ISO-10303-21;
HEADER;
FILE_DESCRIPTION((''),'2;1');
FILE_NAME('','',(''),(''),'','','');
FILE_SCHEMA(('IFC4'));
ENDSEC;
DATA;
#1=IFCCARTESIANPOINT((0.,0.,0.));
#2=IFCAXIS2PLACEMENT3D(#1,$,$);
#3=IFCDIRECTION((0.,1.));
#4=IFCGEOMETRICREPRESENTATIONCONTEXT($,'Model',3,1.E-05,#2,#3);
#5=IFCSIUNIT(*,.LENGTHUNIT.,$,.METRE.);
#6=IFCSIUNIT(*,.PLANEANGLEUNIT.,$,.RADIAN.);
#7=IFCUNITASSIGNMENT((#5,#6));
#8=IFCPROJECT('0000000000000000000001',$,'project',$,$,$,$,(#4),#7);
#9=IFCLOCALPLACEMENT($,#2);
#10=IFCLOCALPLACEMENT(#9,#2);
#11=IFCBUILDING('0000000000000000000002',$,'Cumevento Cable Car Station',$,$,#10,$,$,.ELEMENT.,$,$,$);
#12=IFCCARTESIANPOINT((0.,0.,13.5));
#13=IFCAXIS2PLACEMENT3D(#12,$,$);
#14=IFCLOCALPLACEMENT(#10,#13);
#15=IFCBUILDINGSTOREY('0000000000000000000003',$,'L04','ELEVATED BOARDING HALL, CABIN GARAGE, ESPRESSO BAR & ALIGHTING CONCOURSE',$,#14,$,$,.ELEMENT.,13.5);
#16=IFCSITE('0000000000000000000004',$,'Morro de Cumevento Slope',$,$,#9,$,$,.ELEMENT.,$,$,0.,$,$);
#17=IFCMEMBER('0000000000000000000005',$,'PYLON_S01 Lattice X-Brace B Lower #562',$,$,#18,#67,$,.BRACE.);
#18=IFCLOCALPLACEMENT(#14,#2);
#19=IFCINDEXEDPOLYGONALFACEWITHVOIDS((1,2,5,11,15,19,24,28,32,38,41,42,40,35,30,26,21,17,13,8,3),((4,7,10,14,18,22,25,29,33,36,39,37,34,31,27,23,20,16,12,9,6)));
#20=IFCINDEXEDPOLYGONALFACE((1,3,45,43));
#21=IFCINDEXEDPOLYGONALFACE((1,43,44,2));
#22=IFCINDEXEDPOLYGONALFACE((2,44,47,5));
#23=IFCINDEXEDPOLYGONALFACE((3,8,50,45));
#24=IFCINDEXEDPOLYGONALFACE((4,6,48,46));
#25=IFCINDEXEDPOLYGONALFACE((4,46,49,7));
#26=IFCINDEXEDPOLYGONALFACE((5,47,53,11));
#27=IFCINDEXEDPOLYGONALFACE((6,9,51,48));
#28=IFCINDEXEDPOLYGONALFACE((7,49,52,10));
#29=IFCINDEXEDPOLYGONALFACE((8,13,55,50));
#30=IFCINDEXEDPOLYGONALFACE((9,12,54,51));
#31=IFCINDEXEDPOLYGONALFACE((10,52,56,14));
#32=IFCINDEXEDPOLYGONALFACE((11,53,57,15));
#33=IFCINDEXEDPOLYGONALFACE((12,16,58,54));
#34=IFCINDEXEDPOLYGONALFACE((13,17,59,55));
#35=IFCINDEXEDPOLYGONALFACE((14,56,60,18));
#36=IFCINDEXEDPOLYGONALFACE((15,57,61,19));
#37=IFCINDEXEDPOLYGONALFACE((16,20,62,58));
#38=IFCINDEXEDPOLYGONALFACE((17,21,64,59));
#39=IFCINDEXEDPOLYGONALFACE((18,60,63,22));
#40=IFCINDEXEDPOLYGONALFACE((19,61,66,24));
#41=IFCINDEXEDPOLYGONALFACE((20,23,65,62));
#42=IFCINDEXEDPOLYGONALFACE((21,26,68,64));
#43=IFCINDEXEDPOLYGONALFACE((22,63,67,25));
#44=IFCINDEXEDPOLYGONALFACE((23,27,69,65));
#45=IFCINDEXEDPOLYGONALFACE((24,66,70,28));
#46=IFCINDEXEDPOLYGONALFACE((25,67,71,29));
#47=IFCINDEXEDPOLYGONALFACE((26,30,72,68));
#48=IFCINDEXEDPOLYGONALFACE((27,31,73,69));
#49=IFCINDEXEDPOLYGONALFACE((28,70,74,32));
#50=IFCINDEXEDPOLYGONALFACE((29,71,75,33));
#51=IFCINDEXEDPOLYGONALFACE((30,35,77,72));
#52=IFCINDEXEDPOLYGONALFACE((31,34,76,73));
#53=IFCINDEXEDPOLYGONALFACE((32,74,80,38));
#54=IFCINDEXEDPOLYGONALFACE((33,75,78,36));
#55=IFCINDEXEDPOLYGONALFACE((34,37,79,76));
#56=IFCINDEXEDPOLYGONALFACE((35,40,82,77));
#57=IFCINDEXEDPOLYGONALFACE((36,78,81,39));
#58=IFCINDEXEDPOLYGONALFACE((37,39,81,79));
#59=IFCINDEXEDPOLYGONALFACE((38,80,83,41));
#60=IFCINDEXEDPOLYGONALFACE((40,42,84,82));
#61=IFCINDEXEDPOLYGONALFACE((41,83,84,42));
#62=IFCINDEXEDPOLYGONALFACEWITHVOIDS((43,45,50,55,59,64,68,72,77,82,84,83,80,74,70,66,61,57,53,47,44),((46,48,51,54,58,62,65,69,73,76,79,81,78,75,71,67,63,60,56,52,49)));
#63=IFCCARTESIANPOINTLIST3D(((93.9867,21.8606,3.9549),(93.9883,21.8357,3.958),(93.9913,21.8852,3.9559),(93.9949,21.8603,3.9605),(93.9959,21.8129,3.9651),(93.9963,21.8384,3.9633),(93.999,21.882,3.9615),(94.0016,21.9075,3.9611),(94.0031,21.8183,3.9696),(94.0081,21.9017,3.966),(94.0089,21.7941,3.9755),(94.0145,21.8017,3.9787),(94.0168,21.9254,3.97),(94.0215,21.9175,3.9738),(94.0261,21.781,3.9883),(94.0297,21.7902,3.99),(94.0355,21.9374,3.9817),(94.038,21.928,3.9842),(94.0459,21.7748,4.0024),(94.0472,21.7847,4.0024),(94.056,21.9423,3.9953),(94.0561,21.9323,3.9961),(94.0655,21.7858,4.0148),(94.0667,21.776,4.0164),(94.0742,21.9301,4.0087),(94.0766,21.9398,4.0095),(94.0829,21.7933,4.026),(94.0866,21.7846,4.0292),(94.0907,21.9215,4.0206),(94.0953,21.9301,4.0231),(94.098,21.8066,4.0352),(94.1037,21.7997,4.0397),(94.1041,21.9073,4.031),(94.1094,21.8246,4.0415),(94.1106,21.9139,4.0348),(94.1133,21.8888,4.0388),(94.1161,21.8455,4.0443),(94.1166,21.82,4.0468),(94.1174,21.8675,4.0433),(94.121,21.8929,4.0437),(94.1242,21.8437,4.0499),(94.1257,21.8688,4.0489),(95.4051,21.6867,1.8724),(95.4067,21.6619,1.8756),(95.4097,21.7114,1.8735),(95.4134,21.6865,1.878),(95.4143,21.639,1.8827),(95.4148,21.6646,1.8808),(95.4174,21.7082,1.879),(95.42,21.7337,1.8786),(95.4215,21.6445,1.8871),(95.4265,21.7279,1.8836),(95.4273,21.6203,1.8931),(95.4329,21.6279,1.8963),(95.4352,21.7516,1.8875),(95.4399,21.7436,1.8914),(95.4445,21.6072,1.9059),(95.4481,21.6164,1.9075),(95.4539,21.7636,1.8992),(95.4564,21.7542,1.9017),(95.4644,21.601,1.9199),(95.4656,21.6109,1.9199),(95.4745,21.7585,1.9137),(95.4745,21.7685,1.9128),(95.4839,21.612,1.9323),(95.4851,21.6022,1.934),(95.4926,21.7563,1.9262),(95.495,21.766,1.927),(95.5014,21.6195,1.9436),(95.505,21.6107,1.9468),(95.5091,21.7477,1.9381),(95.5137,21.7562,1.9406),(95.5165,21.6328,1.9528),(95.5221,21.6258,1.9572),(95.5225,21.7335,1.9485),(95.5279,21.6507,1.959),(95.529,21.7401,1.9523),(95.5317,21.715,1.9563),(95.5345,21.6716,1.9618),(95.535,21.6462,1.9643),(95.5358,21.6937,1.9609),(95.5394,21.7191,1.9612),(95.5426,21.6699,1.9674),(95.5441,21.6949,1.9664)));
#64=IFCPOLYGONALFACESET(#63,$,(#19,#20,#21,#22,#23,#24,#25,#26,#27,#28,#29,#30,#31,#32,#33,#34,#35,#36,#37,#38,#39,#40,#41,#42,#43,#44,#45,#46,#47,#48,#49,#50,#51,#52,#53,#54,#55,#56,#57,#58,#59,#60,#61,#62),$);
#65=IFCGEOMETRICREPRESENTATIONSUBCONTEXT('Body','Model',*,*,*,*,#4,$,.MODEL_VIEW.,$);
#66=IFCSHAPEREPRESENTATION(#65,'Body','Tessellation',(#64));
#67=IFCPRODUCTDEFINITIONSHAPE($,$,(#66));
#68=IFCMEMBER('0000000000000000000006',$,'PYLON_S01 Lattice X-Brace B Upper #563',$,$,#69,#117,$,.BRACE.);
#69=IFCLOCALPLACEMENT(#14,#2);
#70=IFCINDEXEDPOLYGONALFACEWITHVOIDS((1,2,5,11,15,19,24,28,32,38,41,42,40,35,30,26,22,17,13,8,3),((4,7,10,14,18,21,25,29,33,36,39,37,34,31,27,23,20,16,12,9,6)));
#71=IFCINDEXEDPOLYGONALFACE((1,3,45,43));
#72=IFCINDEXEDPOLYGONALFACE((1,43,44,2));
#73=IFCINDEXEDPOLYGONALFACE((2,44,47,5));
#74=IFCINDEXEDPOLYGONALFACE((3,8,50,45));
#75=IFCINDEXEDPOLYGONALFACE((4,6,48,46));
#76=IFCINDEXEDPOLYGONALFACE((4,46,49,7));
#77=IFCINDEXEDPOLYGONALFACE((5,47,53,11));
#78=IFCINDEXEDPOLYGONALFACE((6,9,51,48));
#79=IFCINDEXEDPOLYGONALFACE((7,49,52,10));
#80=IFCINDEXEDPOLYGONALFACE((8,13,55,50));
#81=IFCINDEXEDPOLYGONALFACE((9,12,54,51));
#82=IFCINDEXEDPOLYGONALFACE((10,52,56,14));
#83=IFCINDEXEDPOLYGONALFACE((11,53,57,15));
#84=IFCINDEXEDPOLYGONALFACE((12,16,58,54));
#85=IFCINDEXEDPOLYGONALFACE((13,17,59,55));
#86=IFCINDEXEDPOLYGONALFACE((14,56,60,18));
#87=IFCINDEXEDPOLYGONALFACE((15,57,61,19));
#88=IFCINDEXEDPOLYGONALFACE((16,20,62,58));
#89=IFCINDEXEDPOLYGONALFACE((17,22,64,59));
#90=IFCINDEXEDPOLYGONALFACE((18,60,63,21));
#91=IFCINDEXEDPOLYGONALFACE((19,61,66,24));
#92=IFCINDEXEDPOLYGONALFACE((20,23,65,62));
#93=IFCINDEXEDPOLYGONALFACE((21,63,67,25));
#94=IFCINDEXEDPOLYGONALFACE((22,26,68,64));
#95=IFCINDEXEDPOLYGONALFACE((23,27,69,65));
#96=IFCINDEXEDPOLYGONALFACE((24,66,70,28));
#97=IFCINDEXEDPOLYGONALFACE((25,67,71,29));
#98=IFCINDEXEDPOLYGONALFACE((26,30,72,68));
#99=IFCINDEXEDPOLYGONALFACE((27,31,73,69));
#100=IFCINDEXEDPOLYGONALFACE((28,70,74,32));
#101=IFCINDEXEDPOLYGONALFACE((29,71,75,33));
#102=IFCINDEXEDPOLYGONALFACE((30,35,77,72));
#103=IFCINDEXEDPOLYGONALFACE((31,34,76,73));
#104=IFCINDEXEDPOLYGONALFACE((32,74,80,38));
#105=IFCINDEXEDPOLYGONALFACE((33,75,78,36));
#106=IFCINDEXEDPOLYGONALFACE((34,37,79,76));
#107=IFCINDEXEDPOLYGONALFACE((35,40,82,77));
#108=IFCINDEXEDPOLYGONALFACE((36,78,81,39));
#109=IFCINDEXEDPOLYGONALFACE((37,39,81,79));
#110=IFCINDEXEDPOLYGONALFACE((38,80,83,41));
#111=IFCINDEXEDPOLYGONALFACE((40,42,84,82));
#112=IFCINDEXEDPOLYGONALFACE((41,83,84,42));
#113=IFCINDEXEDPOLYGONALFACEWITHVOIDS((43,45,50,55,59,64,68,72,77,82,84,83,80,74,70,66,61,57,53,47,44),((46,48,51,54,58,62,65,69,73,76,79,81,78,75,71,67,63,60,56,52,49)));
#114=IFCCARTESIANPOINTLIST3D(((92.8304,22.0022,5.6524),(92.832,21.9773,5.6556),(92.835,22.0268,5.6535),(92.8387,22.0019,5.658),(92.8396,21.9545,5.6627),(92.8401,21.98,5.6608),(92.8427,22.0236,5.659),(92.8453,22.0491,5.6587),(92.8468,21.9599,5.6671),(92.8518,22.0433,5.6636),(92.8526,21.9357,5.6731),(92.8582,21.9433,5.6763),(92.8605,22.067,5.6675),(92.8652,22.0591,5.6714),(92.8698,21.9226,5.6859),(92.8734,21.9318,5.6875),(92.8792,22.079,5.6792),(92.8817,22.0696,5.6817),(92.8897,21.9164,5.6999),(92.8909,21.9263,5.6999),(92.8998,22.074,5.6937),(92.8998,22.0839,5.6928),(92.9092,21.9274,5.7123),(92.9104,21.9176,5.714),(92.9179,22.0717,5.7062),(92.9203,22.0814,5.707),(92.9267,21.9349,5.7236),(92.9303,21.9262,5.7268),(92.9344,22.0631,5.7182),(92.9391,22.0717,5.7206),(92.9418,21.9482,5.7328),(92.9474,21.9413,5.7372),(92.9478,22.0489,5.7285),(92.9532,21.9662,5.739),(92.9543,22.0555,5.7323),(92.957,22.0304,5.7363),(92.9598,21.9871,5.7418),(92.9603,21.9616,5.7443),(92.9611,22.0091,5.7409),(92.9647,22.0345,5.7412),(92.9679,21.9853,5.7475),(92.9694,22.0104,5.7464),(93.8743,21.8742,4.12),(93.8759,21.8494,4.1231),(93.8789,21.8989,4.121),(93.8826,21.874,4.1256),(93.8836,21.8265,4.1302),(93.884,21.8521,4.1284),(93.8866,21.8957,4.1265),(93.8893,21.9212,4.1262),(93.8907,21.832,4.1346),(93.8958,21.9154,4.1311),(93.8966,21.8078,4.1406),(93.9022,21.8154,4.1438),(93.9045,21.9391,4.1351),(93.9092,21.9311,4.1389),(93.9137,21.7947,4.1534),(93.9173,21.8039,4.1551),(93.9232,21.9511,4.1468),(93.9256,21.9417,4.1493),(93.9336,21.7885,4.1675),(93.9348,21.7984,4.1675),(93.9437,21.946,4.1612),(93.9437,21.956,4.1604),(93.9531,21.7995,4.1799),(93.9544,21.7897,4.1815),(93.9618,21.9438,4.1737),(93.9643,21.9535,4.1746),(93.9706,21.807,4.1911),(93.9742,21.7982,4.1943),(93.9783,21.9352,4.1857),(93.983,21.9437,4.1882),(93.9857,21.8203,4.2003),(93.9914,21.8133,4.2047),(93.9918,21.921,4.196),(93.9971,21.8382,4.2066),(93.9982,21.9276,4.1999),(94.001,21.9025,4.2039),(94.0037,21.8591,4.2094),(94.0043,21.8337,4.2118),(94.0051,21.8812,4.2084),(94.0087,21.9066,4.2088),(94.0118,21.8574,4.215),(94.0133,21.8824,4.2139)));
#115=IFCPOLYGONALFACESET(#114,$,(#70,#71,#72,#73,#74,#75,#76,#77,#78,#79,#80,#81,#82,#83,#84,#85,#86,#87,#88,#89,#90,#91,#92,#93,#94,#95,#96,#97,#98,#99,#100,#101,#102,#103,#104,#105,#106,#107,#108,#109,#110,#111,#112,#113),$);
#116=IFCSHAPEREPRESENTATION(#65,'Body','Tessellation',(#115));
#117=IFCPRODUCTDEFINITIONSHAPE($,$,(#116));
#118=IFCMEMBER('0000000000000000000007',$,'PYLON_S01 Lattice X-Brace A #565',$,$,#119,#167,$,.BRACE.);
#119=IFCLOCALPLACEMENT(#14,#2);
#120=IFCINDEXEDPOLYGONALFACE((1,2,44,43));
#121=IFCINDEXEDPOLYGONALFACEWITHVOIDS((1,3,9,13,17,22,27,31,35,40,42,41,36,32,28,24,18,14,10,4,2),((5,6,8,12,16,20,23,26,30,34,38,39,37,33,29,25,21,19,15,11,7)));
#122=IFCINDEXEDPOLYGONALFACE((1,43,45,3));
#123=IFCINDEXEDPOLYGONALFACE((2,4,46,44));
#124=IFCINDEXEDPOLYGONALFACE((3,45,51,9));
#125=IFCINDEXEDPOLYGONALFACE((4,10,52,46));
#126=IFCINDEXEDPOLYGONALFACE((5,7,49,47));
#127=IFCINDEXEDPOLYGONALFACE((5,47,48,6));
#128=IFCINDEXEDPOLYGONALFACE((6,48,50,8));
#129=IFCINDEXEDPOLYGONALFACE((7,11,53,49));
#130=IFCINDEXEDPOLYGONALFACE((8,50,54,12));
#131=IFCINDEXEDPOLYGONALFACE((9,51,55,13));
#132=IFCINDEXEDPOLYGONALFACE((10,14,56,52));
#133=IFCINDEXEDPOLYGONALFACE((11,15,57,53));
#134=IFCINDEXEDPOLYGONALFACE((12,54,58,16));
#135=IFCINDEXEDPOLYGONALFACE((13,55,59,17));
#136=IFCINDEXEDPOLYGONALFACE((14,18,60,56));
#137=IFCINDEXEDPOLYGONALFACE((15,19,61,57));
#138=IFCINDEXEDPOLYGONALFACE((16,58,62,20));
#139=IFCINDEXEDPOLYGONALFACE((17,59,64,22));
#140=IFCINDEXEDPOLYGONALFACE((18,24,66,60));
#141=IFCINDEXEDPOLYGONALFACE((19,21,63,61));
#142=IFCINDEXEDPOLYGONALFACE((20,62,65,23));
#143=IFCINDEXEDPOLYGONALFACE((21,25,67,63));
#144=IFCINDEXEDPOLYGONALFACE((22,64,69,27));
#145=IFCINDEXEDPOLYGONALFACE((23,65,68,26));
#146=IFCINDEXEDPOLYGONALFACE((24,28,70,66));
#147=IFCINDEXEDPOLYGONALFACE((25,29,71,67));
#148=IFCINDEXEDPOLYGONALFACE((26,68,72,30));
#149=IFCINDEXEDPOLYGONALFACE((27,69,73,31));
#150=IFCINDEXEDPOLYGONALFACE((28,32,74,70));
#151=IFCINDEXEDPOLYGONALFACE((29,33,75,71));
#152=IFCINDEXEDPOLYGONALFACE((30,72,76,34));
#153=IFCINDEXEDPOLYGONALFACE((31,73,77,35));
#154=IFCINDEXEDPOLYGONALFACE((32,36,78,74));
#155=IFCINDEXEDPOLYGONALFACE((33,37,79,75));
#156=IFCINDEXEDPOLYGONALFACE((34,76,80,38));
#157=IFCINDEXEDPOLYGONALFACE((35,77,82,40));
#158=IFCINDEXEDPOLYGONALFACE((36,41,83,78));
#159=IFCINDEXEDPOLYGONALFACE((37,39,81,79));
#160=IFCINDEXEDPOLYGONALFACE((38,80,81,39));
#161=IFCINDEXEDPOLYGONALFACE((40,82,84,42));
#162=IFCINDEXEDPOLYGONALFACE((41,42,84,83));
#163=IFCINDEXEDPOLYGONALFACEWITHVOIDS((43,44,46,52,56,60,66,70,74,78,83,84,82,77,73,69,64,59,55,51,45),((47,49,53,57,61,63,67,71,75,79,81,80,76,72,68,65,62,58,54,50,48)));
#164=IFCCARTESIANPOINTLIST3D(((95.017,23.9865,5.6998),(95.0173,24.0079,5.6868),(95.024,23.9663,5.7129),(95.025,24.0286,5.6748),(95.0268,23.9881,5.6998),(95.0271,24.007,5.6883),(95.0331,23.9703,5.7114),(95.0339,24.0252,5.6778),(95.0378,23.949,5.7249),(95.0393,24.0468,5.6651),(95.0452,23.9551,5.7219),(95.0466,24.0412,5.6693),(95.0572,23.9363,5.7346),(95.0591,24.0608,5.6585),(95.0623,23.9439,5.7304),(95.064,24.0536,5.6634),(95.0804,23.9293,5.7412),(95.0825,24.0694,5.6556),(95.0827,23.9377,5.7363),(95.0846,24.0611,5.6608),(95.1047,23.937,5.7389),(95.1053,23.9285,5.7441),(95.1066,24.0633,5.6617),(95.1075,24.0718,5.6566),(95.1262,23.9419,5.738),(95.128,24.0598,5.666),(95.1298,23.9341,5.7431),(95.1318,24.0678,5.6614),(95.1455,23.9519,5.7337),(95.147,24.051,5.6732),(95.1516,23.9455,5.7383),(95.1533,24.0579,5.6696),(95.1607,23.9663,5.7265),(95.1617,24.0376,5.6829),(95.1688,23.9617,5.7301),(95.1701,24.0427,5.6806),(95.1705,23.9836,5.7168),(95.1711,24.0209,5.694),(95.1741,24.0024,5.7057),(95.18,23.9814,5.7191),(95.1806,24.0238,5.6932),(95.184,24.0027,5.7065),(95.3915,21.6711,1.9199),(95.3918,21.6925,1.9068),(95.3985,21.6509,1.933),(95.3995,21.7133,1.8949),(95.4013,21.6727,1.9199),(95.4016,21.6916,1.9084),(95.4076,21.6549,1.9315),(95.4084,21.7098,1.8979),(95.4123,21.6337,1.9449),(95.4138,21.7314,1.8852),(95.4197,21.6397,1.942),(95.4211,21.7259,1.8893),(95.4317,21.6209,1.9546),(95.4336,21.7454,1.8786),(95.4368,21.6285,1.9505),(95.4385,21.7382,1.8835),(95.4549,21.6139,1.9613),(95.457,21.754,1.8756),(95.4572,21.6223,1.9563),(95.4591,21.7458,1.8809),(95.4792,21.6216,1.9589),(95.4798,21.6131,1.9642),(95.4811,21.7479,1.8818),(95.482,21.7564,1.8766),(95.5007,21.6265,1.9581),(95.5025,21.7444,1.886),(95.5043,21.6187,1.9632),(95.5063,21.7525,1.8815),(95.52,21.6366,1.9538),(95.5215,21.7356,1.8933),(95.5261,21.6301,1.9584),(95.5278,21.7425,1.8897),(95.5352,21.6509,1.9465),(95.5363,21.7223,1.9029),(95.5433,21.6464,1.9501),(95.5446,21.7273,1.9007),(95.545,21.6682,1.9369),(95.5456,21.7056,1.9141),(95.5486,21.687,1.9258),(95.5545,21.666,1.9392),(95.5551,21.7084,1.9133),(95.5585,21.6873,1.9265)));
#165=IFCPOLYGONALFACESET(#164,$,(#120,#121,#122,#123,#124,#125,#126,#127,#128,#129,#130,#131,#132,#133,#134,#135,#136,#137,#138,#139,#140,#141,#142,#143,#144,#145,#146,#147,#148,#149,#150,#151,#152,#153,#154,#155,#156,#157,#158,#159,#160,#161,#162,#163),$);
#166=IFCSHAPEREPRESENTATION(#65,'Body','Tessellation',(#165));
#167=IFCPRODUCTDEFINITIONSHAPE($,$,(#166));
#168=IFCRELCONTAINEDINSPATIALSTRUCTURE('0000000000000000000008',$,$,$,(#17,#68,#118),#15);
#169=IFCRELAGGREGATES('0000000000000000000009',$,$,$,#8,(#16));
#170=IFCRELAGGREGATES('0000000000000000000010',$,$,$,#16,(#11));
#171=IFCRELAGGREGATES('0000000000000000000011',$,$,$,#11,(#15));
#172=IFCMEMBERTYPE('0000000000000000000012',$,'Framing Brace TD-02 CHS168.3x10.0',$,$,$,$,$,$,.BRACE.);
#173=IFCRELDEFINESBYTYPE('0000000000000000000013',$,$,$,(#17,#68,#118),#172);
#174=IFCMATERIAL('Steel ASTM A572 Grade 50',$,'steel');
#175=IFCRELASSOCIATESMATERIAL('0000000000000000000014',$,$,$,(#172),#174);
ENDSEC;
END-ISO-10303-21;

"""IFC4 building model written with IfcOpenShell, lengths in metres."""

from ifc_helpers import new_model, si_unit, direction, frame, origin, origin_2d, place, context, subcontext, project, spatial, hollow_circle, extrude, material, material_profile, profile_set, type_object, element, save


model = new_model("IFC4")

# Units and contexts
model_context = context("Model", 3, precision=1e-05, world=origin(), true_north=direction((0.0, 1.0)))
body_context = subcontext(model_context, "Body", "Model", "MODEL_VIEW")
ifc_project = project(units=[si_unit("LENGTHUNIT", "METRE"), si_unit("PLANEANGLEUNIT", "RADIAN")], contexts=[model_context])

# Site, building, storey
site_placement = place(None, origin())
site = spatial("IfcSite", under=ifc_project, at=site_placement, Name="Morro de Cumevento Slope", CompositionType="ELEMENT", RefElevation=0.0)
building_placement = place(site_placement, origin())
building = spatial("IfcBuilding", under=site, at=building_placement, Name="Cumevento Cable Car Station", CompositionType="ELEMENT")
storey_placement = place(building_placement, frame((0.0, 0.0, 13.5)))
storey = spatial("IfcBuildingStorey", under=building, at=storey_placement, Name="L04", Description="ELEVATED BOARDING HALL, CABIN GARAGE, ESPRESSO BAR & ALIGHTING CONCOURSE", CompositionType="ELEMENT", Elevation=13.5)

# Members
ifc_material_1 = material(Name="Steel ASTM A572 Grade 50", Category="steel")
ifc_material_profile_1 = material_profile(ifc_material_1, hollow_circle(Radius=0.0842, WallThickness=0.01, at=origin_2d()), Name="CHS168.3x10.0")
ifc_profile_set_1 = profile_set([ifc_material_profile_1], Name="Steel ASTM A572 Grade 50")
member_type_1 = type_object("IfcMemberType", Name="Framing Brace TD-02 CHS168.3x10.0", PredefinedType="BRACE", material=ifc_profile_set_1)
member_1_placement = place(storey_placement, frame((95.4746, 21.6846, 1.9199), z_axis=(-0.561611, 0.068824, 0.824534), x_axis=(-0.121637, -0.992575, 0.0)))
element("IfcMember", 1, at=member_1_placement, inside=storey, type_object=member_type_1, Name="PYLON_S01 Lattice X-Brace B Lower #562", PredefinedType="BRACE", context=body_context, shape_type="SweptSolid", body=[
    extrude(hollow_circle(Radius=0.0842, WallThickness=0.01, at=origin_2d()), origin(), (0.0, 0.0, 1.0), 2.5256),
])
member_2_placement = place(storey_placement, frame((93.9438, 21.8721, 4.1675), z_axis=(-0.561663, 0.068829, 0.824499), x_axis=(-0.121635, -0.992575, 0.0)))
element("IfcMember", 2, at=member_2_placement, inside=storey, type_object=member_type_1, Name="PYLON_S01 Lattice X-Brace B Upper #563", PredefinedType="BRACE", context=body_context, shape_type="SweptSolid", body=[
    extrude(hollow_circle(Radius=0.0842, WallThickness=0.01, at=origin_2d()), origin(), (0.0, 0.0, 1.0), 1.8586),
])
member_3_placement = place(storey_placement, frame((95.4746, 21.6846, 1.9199), z_axis=(-0.084186, 0.520484, 0.849711), x_axis=(-0.98717, -0.159671, 0.0)))
element("IfcMember", 3, at=member_3_placement, inside=storey, type_object=member_type_1, Name="PYLON_S01 Lattice X-Brace A #565", PredefinedType="BRACE", context=body_context, shape_type="SweptSolid", body=[
    extrude(hollow_circle(Radius=0.0842, WallThickness=0.01, at=origin_2d()), origin(), (0.0, 0.0, 1.0), 4.4485),
])

save(model, "model.ifc")
